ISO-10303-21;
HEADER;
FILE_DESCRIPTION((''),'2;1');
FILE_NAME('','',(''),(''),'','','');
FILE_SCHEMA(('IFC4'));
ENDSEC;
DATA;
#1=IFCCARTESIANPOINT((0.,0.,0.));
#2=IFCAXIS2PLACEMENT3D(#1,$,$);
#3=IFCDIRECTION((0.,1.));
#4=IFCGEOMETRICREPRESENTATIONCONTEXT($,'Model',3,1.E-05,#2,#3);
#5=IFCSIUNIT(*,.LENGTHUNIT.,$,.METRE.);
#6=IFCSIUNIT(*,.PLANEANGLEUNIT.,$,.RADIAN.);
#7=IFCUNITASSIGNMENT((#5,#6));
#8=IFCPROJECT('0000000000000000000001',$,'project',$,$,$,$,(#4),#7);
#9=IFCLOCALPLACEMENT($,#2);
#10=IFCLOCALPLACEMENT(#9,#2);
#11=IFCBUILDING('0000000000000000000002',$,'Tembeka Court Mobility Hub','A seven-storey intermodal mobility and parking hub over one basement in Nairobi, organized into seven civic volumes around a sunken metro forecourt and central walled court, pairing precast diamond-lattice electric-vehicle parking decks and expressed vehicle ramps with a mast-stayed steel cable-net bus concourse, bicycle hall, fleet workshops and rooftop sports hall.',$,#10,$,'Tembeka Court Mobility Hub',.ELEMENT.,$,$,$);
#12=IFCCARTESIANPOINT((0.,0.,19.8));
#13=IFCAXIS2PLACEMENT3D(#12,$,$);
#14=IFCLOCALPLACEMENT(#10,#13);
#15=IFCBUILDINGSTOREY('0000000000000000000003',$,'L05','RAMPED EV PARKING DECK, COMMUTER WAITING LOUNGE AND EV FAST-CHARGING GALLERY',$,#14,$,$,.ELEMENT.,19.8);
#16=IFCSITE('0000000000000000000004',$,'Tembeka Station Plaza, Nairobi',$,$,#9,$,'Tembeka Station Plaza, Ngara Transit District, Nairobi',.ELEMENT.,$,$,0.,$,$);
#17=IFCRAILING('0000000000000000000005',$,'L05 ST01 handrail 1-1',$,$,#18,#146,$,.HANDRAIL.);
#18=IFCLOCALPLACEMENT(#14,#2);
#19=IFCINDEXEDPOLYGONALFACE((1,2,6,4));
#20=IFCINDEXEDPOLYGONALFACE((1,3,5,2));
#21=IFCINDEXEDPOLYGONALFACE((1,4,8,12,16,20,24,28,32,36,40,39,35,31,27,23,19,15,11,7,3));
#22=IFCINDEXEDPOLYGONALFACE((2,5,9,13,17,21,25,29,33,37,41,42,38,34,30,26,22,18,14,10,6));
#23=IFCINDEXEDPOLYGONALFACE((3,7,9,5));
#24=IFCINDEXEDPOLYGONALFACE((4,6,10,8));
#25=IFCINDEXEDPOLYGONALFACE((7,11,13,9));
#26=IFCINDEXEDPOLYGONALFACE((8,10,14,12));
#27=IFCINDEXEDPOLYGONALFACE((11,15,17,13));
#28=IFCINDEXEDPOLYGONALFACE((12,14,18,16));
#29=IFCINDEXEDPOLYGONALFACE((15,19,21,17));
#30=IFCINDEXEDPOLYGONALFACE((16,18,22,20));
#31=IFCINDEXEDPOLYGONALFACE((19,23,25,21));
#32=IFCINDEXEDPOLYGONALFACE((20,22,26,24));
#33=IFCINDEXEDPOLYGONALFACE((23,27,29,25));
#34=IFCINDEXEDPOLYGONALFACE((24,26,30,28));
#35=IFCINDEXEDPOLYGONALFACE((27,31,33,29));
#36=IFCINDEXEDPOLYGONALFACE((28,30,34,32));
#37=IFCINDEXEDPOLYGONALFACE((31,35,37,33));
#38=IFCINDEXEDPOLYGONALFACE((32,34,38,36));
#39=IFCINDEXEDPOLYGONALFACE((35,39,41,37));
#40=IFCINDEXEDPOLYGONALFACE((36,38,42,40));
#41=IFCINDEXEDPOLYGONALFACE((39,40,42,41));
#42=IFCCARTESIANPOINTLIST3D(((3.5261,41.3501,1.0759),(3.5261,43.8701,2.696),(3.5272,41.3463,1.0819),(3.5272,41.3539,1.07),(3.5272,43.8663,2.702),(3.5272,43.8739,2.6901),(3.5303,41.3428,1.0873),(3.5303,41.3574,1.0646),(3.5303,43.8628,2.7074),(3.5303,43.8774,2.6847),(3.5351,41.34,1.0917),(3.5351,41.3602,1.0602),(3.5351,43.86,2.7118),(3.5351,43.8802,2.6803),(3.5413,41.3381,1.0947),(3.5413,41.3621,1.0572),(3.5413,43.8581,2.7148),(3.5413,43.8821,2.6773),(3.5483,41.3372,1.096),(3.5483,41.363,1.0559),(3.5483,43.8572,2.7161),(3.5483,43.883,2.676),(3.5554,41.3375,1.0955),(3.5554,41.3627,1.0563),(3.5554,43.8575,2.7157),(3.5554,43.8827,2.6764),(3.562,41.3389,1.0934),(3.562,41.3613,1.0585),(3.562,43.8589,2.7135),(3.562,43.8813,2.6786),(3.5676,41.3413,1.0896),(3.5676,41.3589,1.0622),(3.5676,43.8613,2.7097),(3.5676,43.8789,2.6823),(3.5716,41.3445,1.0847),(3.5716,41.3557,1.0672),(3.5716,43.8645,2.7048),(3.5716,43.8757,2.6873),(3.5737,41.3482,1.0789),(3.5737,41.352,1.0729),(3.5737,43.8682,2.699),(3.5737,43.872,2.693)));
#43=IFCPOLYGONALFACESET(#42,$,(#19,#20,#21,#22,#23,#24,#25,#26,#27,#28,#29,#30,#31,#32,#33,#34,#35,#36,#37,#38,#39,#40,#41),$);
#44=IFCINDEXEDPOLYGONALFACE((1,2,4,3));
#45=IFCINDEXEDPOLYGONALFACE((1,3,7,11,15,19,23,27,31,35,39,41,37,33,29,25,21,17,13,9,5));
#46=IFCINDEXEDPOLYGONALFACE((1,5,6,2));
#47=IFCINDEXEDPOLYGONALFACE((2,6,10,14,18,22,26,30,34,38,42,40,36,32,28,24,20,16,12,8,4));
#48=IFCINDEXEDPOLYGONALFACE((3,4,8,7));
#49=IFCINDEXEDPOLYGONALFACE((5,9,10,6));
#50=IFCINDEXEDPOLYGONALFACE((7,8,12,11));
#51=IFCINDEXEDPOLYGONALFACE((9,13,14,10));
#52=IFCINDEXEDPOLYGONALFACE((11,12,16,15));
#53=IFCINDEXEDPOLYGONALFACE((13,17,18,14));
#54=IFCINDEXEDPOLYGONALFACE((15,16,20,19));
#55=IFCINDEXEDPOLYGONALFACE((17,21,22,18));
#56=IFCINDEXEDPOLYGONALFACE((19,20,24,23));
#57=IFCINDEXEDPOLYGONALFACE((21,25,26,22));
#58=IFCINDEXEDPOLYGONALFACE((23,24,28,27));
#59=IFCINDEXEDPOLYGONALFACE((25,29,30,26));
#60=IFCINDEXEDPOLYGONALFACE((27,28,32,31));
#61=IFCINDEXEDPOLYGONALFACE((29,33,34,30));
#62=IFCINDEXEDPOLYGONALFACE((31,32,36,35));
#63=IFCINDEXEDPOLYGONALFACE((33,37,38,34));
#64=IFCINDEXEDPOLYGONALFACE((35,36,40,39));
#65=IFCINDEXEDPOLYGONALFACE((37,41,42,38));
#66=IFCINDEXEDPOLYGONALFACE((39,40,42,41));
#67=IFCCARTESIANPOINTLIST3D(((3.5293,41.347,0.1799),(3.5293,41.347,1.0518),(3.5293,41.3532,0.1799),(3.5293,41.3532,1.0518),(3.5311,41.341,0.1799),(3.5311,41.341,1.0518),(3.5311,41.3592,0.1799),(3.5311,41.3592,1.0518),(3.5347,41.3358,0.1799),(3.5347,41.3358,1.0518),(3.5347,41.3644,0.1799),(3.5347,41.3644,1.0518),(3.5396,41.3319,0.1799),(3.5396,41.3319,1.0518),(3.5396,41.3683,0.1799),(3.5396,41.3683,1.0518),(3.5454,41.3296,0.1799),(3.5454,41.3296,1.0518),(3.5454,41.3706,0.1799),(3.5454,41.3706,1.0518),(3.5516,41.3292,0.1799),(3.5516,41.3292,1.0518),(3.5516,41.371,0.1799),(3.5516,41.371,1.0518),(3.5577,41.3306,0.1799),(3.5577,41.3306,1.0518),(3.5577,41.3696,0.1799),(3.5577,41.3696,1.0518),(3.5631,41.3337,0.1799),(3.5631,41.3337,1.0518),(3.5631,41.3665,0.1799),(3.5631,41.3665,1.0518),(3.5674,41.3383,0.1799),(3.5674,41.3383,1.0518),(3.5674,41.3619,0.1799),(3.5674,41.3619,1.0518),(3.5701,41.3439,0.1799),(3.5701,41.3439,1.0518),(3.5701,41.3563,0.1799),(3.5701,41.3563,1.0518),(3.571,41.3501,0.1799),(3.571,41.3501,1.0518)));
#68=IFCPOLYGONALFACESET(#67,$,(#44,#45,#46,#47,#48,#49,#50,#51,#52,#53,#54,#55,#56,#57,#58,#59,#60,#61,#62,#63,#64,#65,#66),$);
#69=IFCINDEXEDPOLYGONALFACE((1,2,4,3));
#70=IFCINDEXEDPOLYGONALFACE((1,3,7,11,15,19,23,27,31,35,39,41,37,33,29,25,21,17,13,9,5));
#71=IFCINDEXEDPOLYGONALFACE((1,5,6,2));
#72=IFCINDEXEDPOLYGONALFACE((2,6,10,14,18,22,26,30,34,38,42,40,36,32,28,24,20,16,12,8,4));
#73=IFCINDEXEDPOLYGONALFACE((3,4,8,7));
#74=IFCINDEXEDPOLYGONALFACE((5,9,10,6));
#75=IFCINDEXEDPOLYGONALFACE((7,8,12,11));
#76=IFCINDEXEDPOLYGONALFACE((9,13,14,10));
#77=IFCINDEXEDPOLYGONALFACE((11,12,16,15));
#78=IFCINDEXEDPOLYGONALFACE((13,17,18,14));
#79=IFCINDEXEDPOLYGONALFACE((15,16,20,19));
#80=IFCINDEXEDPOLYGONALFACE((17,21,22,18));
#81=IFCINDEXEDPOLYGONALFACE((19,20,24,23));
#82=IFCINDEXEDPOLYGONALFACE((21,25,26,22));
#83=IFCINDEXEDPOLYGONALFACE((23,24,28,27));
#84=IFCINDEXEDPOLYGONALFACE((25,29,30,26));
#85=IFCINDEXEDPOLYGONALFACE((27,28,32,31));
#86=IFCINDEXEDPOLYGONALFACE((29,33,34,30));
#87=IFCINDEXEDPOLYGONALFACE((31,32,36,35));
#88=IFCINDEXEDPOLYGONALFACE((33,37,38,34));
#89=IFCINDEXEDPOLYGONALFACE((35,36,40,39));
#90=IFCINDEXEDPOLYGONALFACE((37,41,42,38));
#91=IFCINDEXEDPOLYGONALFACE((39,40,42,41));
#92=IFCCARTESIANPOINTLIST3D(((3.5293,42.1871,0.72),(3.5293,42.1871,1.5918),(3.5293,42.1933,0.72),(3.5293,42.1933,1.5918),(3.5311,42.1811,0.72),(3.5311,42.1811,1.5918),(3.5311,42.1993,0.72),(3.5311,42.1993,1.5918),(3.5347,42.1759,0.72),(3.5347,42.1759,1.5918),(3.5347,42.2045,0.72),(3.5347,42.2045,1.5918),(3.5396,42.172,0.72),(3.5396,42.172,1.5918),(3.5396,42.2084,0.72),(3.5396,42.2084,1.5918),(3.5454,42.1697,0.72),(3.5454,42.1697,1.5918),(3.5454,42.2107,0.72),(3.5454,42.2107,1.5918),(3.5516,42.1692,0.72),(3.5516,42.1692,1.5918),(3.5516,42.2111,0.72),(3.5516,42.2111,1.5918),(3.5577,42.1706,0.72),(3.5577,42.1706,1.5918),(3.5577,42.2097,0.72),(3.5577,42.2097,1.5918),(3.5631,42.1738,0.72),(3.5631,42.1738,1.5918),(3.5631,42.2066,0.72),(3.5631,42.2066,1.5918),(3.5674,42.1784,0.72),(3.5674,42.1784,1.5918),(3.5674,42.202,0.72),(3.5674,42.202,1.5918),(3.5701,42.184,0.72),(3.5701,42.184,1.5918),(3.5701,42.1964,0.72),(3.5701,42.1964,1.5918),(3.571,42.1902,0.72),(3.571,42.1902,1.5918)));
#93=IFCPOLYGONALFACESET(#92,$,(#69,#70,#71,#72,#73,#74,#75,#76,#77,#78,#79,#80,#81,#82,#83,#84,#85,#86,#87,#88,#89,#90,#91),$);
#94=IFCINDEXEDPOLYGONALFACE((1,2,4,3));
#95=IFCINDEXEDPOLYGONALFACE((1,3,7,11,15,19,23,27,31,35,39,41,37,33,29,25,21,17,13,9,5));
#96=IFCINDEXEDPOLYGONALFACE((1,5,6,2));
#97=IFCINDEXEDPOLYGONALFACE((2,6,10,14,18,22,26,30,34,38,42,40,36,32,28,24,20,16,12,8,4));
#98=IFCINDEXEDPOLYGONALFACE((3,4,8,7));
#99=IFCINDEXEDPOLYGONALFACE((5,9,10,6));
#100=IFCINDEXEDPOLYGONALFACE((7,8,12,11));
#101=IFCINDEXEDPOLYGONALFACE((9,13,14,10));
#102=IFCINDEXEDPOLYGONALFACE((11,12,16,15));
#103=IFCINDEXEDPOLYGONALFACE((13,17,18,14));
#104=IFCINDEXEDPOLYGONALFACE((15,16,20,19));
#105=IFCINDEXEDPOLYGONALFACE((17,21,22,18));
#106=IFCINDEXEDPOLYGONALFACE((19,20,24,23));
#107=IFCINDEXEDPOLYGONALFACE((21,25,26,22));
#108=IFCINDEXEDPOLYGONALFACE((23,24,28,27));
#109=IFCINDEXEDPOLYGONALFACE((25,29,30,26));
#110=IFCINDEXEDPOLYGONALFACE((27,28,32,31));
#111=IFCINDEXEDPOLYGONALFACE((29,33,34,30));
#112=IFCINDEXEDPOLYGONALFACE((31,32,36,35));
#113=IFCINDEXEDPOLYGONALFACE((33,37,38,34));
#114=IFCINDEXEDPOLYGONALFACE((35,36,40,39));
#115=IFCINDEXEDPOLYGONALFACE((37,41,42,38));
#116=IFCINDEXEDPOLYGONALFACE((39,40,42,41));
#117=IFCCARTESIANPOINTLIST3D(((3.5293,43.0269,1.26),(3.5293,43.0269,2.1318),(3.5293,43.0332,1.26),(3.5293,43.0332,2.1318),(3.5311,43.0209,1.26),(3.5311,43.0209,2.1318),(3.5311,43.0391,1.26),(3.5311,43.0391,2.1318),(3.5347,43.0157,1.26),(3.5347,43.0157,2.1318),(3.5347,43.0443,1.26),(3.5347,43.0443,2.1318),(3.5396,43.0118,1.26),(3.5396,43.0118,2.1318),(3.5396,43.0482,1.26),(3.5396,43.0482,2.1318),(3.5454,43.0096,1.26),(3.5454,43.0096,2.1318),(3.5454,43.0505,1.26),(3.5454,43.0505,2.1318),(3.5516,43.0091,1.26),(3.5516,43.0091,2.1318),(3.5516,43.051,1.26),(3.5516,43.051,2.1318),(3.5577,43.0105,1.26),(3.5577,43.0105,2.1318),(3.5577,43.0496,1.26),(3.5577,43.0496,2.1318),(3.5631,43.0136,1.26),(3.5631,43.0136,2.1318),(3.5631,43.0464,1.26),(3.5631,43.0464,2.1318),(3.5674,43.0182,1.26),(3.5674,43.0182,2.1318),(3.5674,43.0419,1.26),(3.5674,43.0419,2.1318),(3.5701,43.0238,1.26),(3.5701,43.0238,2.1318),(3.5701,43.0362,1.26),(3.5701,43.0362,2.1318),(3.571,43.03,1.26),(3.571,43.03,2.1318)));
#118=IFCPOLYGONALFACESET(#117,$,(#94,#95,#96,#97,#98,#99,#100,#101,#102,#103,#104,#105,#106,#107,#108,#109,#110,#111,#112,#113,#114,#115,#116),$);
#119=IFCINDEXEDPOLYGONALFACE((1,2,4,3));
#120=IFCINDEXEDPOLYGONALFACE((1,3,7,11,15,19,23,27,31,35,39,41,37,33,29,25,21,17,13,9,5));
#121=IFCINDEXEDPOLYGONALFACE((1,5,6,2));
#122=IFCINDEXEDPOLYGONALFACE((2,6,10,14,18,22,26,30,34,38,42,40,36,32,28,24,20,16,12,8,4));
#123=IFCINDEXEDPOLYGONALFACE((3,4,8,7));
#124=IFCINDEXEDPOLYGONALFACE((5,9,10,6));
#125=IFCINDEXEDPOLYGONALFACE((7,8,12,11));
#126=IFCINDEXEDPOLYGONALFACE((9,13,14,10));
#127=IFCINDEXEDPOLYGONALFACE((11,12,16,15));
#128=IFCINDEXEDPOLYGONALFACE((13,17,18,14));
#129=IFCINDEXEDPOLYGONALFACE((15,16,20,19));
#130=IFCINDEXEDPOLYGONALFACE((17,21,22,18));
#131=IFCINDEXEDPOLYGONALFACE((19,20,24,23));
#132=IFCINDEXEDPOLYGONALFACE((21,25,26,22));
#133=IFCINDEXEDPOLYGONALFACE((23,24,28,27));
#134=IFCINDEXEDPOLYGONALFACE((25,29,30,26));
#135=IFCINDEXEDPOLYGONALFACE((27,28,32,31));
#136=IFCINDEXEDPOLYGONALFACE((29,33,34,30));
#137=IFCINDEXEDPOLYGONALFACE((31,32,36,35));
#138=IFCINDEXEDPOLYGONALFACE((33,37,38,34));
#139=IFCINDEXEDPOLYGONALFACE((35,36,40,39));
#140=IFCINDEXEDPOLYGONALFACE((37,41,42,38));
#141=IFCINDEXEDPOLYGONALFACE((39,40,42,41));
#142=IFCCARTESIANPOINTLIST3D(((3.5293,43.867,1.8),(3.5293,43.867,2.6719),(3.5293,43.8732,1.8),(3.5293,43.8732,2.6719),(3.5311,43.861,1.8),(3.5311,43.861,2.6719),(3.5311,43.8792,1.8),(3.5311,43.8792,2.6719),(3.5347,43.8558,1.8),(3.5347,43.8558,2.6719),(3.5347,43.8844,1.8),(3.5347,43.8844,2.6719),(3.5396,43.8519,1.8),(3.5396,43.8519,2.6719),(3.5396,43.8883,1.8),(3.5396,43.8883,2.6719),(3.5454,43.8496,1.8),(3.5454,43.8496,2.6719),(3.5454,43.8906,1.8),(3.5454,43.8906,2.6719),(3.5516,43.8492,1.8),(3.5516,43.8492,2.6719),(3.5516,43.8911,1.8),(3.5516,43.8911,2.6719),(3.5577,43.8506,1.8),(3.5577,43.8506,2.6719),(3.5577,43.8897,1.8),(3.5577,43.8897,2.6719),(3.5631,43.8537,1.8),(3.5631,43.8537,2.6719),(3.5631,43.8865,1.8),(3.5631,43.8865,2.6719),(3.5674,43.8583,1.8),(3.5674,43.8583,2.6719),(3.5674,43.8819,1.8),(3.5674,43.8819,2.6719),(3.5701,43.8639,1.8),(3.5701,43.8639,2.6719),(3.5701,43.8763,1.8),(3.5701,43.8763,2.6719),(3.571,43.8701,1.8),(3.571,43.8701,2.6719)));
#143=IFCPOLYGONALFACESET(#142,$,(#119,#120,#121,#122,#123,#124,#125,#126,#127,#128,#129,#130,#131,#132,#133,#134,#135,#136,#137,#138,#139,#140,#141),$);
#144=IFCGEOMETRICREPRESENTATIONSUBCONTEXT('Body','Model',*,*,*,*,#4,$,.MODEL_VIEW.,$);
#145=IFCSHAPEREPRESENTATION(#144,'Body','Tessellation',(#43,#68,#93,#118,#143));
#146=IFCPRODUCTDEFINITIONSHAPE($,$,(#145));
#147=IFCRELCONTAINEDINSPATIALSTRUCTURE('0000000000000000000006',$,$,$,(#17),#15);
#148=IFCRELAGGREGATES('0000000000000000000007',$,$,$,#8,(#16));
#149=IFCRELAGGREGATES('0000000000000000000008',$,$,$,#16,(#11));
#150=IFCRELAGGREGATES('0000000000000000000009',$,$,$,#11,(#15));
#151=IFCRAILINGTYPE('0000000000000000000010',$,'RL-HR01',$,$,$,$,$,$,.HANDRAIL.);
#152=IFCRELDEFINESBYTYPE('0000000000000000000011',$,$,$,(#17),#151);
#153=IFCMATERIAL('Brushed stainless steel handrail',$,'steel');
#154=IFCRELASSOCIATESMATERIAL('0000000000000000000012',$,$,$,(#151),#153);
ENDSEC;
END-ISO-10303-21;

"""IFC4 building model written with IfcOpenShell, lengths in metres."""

from ifc_helpers import new_model, si_unit, direction, frame, origin, origin_2d, place, context, subcontext, project, spatial, circle, extrude, material, type_object, element, save


model = new_model("IFC4")

# Units and contexts
model_context = context("Model", 3, precision=1e-05, world=origin(), true_north=direction((0.0, 1.0)))
body_context = subcontext(model_context, "Body", "Model", "MODEL_VIEW")
ifc_project = project(units=[si_unit("LENGTHUNIT", "METRE"), si_unit("PLANEANGLEUNIT", "RADIAN")], contexts=[model_context])

# Site, building, storey
site_placement = place(None, origin())
site = spatial("IfcSite", under=ifc_project, at=site_placement, Name="Tembeka Station Plaza, Nairobi", LongName="Tembeka Station Plaza, Ngara Transit District, Nairobi", CompositionType="ELEMENT", RefElevation=0.0)
building_placement = place(site_placement, origin())
building = spatial("IfcBuilding", under=site, at=building_placement, Name="Tembeka Court Mobility Hub", Description="A seven-storey intermodal mobility and parking hub over one basement in Nairobi, organized into seven civic volumes around a sunken metro forecourt and central walled court, pairing precast diamond-lattice electric-vehicle parking decks and expressed vehicle ramps with a mast-stayed steel cable-net bus concourse, bicycle hall, fleet workshops and rooftop sports hall.", LongName="Tembeka Court Mobility Hub", CompositionType="ELEMENT")
storey_placement = place(building_placement, frame((0.0, 0.0, 19.8)))
storey = spatial("IfcBuildingStorey", under=building, at=storey_placement, Name="L05", Description="RAMPED EV PARKING DECK, COMMUTER WAITING LOUNGE AND EV FAST-CHARGING GALLERY", CompositionType="ELEMENT", Elevation=19.8)

# Railing
ifc_material_1 = material(Name="Brushed stainless steel handrail", Category="steel")
railing_type_1 = type_object("IfcRailingType", Name="RL-HR01", PredefinedType="HANDRAIL", material=ifc_material_1)
railing_1_placement = place(storey_placement, frame((3.55, 41.3501, 0.1799)))
element("IfcRailing", 1, at=railing_1_placement, inside=storey, type_object=railing_type_1, Name="L05 ST01 handrail 1-1", PredefinedType="HANDRAIL", context=body_context, shape_type="SweptSolid", body=[
    extrude(circle(Radius=0.0239, at=origin_2d()), frame((0.0, 0.0, 0.896), z_axis=(0.0, 0.841163, 0.540782), x_axis=(-1.0, 0.0, 0.0)), (0.0, 0.0, 1.0), 2.9958),
    extrude(circle(Radius=0.021, at=origin_2d()), origin(), (0.0, 0.0, 1.0), 0.8718),
    extrude(circle(Radius=0.021, at=origin_2d()), frame((0.0, 0.8401, 0.54)), (0.0, 0.0, 1.0), 0.8718),
    extrude(circle(Radius=0.021, at=origin_2d()), frame((0.0, 1.6799, 1.0801)), (0.0, 0.0, 1.0), 0.8718),
    extrude(circle(Radius=0.021, at=origin_2d()), frame((0.0, 2.52, 1.6201)), (0.0, 0.0, 1.0), 0.8718),
])

save(model, "model.ifc")
